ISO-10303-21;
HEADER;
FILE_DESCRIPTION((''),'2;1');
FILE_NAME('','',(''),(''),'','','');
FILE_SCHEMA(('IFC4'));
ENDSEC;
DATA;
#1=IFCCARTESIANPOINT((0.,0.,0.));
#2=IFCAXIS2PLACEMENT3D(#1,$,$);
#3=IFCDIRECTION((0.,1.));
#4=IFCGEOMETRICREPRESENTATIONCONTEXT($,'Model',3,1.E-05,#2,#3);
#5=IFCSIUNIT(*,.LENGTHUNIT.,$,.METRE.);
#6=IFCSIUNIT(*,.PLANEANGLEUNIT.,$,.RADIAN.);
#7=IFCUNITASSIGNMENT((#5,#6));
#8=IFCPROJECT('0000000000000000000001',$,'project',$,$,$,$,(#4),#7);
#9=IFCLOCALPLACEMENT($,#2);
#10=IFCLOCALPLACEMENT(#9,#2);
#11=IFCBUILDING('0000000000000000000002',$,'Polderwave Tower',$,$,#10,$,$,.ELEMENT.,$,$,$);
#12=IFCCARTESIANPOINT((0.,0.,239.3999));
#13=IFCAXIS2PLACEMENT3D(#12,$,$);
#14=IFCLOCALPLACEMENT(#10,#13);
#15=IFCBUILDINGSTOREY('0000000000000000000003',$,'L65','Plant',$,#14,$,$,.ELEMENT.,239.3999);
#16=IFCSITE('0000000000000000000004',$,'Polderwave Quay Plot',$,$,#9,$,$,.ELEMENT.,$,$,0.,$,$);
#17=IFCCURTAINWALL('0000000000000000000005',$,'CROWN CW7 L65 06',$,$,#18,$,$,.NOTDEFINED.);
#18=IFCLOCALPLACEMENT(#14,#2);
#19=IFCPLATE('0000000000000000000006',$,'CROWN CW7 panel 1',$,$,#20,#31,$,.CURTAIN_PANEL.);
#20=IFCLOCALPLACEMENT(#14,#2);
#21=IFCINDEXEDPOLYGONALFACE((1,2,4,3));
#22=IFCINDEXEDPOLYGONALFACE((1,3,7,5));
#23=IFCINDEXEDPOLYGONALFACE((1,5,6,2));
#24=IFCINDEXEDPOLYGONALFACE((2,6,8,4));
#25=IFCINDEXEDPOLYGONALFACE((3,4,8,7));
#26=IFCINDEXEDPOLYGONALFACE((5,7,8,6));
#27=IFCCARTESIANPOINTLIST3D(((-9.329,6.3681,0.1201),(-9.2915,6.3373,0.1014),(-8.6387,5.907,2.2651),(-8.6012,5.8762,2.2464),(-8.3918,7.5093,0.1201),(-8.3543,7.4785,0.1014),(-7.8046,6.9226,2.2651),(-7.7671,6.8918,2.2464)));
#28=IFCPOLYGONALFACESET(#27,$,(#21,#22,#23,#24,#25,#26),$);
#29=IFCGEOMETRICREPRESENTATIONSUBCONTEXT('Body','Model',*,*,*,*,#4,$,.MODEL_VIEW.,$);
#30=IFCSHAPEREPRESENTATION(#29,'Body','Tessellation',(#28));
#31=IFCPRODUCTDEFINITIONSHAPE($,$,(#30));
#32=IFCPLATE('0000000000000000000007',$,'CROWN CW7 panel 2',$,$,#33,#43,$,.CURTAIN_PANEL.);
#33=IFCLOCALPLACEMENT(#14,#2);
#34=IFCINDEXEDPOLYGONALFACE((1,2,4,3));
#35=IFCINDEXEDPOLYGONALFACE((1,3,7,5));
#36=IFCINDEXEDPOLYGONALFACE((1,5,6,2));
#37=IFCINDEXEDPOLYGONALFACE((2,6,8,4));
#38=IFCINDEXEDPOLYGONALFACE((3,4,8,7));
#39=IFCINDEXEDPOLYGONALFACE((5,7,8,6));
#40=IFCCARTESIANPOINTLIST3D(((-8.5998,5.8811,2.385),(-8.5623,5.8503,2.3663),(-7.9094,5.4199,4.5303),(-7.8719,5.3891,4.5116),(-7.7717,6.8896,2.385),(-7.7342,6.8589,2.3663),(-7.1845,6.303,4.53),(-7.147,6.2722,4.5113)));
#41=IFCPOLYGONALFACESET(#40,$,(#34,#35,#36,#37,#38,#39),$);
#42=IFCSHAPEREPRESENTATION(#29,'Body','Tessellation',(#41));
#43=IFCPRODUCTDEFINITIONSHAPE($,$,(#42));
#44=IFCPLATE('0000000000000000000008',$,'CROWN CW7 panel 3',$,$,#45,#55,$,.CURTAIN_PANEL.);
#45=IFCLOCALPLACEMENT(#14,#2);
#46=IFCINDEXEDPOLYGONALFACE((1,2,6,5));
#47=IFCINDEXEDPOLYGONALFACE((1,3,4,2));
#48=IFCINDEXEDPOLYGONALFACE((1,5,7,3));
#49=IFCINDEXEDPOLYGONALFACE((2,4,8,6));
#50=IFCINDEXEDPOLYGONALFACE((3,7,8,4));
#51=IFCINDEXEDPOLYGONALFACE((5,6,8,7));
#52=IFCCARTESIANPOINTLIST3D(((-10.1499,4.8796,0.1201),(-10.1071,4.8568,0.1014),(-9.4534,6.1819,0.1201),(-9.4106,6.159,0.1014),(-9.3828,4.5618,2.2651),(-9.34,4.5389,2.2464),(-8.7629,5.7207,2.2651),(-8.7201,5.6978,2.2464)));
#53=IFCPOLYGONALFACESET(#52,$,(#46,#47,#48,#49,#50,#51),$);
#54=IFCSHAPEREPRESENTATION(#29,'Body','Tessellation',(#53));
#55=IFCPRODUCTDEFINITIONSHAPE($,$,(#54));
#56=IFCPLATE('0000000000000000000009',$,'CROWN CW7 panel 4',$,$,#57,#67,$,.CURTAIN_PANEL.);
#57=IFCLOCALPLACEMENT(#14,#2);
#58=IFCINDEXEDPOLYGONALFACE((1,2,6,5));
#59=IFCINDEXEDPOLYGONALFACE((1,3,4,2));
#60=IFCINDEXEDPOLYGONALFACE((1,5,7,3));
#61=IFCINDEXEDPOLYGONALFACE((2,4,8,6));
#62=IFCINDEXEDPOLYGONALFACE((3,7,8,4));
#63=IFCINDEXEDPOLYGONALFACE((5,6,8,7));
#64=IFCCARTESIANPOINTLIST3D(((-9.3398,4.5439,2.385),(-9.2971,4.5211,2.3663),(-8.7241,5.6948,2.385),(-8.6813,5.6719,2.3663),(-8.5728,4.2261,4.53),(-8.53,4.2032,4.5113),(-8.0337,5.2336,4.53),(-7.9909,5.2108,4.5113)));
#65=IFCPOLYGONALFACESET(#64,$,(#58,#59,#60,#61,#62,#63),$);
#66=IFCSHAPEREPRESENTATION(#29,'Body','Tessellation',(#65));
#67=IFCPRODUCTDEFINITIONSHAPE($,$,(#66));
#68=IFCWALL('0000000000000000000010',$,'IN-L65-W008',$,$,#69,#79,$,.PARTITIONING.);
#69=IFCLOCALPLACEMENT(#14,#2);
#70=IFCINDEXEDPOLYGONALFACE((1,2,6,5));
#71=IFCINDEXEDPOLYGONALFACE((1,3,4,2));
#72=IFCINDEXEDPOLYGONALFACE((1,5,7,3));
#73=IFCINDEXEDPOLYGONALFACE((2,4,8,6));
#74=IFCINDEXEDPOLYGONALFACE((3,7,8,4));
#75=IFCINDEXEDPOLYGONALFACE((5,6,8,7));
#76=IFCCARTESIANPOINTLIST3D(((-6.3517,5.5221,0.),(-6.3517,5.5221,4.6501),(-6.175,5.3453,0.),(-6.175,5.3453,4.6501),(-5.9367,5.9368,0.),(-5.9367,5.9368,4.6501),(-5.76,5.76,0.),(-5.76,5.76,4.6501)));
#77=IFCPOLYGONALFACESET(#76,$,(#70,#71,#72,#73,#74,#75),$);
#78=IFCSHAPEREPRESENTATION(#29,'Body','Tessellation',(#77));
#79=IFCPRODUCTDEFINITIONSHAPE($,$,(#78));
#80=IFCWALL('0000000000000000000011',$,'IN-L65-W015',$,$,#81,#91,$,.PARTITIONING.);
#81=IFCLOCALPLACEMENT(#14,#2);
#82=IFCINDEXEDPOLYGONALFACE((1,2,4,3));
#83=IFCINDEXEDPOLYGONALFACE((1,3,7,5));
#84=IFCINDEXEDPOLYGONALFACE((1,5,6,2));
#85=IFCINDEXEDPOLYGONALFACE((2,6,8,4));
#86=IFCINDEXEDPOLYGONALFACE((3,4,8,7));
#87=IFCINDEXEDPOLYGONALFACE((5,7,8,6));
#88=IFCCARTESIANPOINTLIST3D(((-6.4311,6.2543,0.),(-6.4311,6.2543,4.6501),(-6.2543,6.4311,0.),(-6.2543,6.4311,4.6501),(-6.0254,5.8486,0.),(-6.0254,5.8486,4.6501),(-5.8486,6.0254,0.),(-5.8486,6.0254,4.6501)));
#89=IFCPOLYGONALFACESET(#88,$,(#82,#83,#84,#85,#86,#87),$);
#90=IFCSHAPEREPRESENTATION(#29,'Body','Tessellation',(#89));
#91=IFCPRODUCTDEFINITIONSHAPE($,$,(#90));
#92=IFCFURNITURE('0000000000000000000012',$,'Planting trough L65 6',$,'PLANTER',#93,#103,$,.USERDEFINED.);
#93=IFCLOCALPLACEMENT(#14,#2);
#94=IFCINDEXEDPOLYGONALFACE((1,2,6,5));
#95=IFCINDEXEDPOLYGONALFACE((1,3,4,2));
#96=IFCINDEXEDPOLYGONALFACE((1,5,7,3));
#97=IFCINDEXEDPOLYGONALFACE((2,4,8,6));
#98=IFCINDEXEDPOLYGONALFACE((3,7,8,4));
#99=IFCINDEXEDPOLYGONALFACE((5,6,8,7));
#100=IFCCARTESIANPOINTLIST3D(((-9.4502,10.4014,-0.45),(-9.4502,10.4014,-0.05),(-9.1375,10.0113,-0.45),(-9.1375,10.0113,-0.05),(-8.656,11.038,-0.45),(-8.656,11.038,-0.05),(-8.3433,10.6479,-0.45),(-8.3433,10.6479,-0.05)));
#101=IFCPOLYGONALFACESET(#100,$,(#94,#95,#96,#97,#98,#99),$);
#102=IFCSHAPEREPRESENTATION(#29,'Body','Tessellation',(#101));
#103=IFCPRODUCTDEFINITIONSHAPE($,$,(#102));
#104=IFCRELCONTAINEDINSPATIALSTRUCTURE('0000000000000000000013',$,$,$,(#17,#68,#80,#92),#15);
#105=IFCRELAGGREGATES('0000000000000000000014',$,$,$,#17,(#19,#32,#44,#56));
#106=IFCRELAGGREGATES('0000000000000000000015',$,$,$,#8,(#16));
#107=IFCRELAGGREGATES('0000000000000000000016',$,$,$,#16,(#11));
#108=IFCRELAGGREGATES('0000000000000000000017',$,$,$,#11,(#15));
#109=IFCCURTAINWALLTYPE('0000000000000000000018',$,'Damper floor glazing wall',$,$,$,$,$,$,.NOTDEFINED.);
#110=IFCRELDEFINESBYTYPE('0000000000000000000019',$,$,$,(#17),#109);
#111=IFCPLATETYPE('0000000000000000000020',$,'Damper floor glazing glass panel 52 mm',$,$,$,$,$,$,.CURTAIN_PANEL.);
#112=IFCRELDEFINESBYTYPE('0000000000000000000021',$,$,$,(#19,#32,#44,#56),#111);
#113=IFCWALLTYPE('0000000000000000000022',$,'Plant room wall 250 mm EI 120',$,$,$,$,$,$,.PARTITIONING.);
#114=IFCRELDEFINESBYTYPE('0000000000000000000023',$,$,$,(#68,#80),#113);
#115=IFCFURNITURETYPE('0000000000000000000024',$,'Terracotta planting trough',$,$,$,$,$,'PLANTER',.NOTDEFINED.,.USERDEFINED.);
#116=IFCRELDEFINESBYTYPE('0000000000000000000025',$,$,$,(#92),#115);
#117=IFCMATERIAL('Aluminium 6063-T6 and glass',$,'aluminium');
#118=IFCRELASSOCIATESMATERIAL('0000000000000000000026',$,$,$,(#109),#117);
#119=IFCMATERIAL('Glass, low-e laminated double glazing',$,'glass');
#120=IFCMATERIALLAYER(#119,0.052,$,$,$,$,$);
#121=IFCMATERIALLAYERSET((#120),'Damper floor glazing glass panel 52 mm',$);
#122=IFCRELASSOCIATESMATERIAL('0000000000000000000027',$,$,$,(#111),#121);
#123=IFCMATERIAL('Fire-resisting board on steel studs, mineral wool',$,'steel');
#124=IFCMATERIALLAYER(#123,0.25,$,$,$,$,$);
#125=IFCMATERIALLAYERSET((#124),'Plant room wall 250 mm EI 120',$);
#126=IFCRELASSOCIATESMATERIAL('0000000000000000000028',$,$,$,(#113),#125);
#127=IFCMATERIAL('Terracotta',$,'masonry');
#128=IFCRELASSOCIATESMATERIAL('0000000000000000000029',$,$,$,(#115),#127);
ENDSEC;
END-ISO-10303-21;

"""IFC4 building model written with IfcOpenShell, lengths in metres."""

from ifc_helpers import new_model, si_unit, direction, frame, frame_2d, origin, origin_2d, place, context, subcontext, project, spatial, polyline, rectangle, outline, extrude, material, layer, layer_set, type_object, element, aggregate, save


model = new_model("IFC4")

# Units and contexts
model_context = context("Model", 3, precision=1e-05, world=origin(), true_north=direction((0.0, 1.0)))
body_context = subcontext(model_context, "Body", "Model", "MODEL_VIEW")
ifc_project = project(units=[si_unit("LENGTHUNIT", "METRE"), si_unit("PLANEANGLEUNIT", "RADIAN")], contexts=[model_context])

# Site, building, storey
site_placement = place(None, origin())
site = spatial("IfcSite", under=ifc_project, at=site_placement, Name="Polderwave Quay Plot", CompositionType="ELEMENT", RefElevation=0.0)
building_placement = place(site_placement, origin())
building = spatial("IfcBuilding", under=site, at=building_placement, Name="Polderwave Tower", CompositionType="ELEMENT")
storey_placement = place(building_placement, frame((0.0, 0.0, 239.3999)))
storey = spatial("IfcBuildingStorey", under=building, at=storey_placement, Name="L65", Description="Plant", CompositionType="ELEMENT", Elevation=239.3999)

# Curtain wall
ifc_material_1 = material(Name="Aluminium 6063-T6 and glass", Category="aluminium")
curtain_wall_type = type_object("IfcCurtainWallType", Name="Damper floor glazing wall", PredefinedType="NOTDEFINED", material=ifc_material_1)
curtain_wall_1_placement = place(storey_placement, origin())
curtain_wall_1 = element("IfcCurtainWall", 1, at=curtain_wall_1_placement, inside=storey, type_object=curtain_wall_type, Name="CROWN CW7 L65 06", PredefinedType="NOTDEFINED")

# Plates
ifc_material_2 = material(Name="Glass, low-e laminated double glazing", Category="glass")
ifc_layer_1 = layer(ifc_material_2, 0.052)
ifc_layer_set_1 = layer_set([ifc_layer_1], Name="Damper floor glazing glass panel 52 mm")
plate_type = type_object("IfcPlateType", Name="Damper floor glazing glass panel 52 mm", PredefinedType="CURTAIN_PANEL", material=ifc_layer_set_1)
plate_1_placement = place(storey_placement, frame((-8.3918, 7.5093, 0.1201), z_axis=(-0.72115, 0.592251, 0.359419), x_axis=(-0.634667, -0.772786, -0.000019)))
plate_1 = element("IfcPlate", 2, at=plate_1_placement, type_object=plate_type, Name="CROWN CW7 panel 1", PredefinedType="CURTAIN_PANEL", context=body_context, shape_type="SweptSolid", body=[
    extrude(outline(polyline([(0.0, 0.0), (1.4767, 0.0), (1.3948, 2.2987), (0.0807, 2.2986), (0.0, 0.0)])), origin(), (0.0, 0.0, -1.0), 0.052),
])
plate_2_placement = place(storey_placement, frame((-7.7717, 6.8896, 2.385), z_axis=(-0.721229, 0.592165, 0.359402), x_axis=(-0.634568, -0.772867, -0.000012)))
plate_2 = element("IfcPlate", 3, at=plate_2_placement, type_object=plate_type, Name="CROWN CW7 panel 2", PredefinedType="CURTAIN_PANEL", context=body_context, shape_type="SweptSolid", body=[
    extrude(outline(polyline([(0.0, 0.0), (1.305, 0.0), (1.2233, 2.2989), (0.0808, 2.2986), (0.0, 0.0)])), origin(), (0.0, 0.0, -1.0), 0.052),
])
plate_3_placement = place(storey_placement, frame((-9.4534, 6.1819, 0.1201), z_axis=(-0.822845, 0.440113, 0.35948), x_axis=(-0.471641, -0.88179, -0.000001)))
plate_3 = element("IfcPlate", 4, at=plate_3_placement, type_object=plate_type, Name="CROWN CW7 panel 3", PredefinedType="CURTAIN_PANEL", context=body_context, shape_type="SweptSolid", body=[
    extrude(outline(polyline([(0.0, 0.0), (1.4768, 0.0), (1.3953, 2.2987), (0.081, 2.2987), (0.0, 0.0)])), origin(), (0.0, 0.0, -1.0), 0.052),
])
plate_4_placement = place(storey_placement, frame((-8.7241, 5.6948, 2.385), z_axis=(-0.822797, 0.440203, 0.35948), x_axis=(-0.471737, -0.88174, 0.000001)))
plate_4 = element("IfcPlate", 5, at=plate_4_placement, type_object=plate_type, Name="CROWN CW7 panel 4", PredefinedType="CURTAIN_PANEL", context=body_context, shape_type="SweptSolid", body=[
    extrude(outline(polyline([(0.0, 0.0), (1.3052, 0.0), (1.2237, 2.2987), (0.0809, 2.2987), (0.0, 0.0)])), origin(), (0.0, 0.0, -1.0), 0.052),
])
aggregate(curtain_wall_1, [plate_1, plate_2, plate_3, plate_4])

# Walls
ifc_material_3 = material(Name="Fire-resisting board on steel studs, mineral wool", Category="steel")
ifc_layer_2 = layer(ifc_material_3, 0.25)
ifc_layer_set_2 = layer_set([ifc_layer_2], Name="Plant room wall 250 mm EI 120")
wall_type = type_object("IfcWallType", Name="Plant room wall 250 mm EI 120", PredefinedType="PARTITIONING", material=ifc_layer_set_2)
wall_1_placement = place(storey_placement, frame((-6.2634, 5.4336, 0.0), z_axis=(0.0, 0.0, 1.0), x_axis=(0.707315, 0.706899, 0.0)))
element("IfcWall", 6, at=wall_1_placement, inside=storey, type_object=wall_type, Name="IN-L65-W008", PredefinedType="PARTITIONING", context=body_context, shape_type="SweptSolid", body=[
    extrude(rectangle(XDim=0.5867, YDim=0.25, at=frame_2d((0.2935, 0.0))), origin(), (0.0, 0.0, 1.0), 4.6501),
])
wall_2_placement = place(storey_placement, frame((-5.937, 5.937, 0.0), z_axis=(0.0, 0.0, 1.0), x_axis=(-0.707107, 0.707107, 0.0)))
element("IfcWall", 7, at=wall_2_placement, inside=storey, type_object=wall_type, Name="IN-L65-W015", PredefinedType="PARTITIONING", context=body_context, shape_type="SweptSolid", body=[
    extrude(rectangle(XDim=0.5737, YDim=0.25, at=frame_2d((0.2869, 0.0))), origin(), (0.0, 0.0, 1.0), 4.6501),
])

# Furniture
ifc_material_4 = material(Name="Terracotta", Category="masonry")
furniture_type = type_object("IfcFurnitureType", Name="Terracotta planting trough", ElementType="PLANTER", AssemblyPlace="NOTDEFINED", PredefinedType="USERDEFINED", material=ifc_material_4)
furniture_placement = place(storey_placement, frame((-8.8967, 10.5247, -0.45), z_axis=(0.0, 0.0, 1.0), x_axis=(-0.780275, -0.625436, 0.0)))
element("IfcFurniture", 8, at=furniture_placement, inside=storey, type_object=furniture_type, Name="Planting trough L65 6", ObjectType="PLANTER", PredefinedType="USERDEFINED", context=body_context, shape_type="SweptSolid", body=[
    extrude(rectangle(XDim=1.0178, YDim=0.5, at=origin_2d()), origin(), (0.0, 0.0, 1.0), 0.3999),
])

save(model, "model.ifc")
